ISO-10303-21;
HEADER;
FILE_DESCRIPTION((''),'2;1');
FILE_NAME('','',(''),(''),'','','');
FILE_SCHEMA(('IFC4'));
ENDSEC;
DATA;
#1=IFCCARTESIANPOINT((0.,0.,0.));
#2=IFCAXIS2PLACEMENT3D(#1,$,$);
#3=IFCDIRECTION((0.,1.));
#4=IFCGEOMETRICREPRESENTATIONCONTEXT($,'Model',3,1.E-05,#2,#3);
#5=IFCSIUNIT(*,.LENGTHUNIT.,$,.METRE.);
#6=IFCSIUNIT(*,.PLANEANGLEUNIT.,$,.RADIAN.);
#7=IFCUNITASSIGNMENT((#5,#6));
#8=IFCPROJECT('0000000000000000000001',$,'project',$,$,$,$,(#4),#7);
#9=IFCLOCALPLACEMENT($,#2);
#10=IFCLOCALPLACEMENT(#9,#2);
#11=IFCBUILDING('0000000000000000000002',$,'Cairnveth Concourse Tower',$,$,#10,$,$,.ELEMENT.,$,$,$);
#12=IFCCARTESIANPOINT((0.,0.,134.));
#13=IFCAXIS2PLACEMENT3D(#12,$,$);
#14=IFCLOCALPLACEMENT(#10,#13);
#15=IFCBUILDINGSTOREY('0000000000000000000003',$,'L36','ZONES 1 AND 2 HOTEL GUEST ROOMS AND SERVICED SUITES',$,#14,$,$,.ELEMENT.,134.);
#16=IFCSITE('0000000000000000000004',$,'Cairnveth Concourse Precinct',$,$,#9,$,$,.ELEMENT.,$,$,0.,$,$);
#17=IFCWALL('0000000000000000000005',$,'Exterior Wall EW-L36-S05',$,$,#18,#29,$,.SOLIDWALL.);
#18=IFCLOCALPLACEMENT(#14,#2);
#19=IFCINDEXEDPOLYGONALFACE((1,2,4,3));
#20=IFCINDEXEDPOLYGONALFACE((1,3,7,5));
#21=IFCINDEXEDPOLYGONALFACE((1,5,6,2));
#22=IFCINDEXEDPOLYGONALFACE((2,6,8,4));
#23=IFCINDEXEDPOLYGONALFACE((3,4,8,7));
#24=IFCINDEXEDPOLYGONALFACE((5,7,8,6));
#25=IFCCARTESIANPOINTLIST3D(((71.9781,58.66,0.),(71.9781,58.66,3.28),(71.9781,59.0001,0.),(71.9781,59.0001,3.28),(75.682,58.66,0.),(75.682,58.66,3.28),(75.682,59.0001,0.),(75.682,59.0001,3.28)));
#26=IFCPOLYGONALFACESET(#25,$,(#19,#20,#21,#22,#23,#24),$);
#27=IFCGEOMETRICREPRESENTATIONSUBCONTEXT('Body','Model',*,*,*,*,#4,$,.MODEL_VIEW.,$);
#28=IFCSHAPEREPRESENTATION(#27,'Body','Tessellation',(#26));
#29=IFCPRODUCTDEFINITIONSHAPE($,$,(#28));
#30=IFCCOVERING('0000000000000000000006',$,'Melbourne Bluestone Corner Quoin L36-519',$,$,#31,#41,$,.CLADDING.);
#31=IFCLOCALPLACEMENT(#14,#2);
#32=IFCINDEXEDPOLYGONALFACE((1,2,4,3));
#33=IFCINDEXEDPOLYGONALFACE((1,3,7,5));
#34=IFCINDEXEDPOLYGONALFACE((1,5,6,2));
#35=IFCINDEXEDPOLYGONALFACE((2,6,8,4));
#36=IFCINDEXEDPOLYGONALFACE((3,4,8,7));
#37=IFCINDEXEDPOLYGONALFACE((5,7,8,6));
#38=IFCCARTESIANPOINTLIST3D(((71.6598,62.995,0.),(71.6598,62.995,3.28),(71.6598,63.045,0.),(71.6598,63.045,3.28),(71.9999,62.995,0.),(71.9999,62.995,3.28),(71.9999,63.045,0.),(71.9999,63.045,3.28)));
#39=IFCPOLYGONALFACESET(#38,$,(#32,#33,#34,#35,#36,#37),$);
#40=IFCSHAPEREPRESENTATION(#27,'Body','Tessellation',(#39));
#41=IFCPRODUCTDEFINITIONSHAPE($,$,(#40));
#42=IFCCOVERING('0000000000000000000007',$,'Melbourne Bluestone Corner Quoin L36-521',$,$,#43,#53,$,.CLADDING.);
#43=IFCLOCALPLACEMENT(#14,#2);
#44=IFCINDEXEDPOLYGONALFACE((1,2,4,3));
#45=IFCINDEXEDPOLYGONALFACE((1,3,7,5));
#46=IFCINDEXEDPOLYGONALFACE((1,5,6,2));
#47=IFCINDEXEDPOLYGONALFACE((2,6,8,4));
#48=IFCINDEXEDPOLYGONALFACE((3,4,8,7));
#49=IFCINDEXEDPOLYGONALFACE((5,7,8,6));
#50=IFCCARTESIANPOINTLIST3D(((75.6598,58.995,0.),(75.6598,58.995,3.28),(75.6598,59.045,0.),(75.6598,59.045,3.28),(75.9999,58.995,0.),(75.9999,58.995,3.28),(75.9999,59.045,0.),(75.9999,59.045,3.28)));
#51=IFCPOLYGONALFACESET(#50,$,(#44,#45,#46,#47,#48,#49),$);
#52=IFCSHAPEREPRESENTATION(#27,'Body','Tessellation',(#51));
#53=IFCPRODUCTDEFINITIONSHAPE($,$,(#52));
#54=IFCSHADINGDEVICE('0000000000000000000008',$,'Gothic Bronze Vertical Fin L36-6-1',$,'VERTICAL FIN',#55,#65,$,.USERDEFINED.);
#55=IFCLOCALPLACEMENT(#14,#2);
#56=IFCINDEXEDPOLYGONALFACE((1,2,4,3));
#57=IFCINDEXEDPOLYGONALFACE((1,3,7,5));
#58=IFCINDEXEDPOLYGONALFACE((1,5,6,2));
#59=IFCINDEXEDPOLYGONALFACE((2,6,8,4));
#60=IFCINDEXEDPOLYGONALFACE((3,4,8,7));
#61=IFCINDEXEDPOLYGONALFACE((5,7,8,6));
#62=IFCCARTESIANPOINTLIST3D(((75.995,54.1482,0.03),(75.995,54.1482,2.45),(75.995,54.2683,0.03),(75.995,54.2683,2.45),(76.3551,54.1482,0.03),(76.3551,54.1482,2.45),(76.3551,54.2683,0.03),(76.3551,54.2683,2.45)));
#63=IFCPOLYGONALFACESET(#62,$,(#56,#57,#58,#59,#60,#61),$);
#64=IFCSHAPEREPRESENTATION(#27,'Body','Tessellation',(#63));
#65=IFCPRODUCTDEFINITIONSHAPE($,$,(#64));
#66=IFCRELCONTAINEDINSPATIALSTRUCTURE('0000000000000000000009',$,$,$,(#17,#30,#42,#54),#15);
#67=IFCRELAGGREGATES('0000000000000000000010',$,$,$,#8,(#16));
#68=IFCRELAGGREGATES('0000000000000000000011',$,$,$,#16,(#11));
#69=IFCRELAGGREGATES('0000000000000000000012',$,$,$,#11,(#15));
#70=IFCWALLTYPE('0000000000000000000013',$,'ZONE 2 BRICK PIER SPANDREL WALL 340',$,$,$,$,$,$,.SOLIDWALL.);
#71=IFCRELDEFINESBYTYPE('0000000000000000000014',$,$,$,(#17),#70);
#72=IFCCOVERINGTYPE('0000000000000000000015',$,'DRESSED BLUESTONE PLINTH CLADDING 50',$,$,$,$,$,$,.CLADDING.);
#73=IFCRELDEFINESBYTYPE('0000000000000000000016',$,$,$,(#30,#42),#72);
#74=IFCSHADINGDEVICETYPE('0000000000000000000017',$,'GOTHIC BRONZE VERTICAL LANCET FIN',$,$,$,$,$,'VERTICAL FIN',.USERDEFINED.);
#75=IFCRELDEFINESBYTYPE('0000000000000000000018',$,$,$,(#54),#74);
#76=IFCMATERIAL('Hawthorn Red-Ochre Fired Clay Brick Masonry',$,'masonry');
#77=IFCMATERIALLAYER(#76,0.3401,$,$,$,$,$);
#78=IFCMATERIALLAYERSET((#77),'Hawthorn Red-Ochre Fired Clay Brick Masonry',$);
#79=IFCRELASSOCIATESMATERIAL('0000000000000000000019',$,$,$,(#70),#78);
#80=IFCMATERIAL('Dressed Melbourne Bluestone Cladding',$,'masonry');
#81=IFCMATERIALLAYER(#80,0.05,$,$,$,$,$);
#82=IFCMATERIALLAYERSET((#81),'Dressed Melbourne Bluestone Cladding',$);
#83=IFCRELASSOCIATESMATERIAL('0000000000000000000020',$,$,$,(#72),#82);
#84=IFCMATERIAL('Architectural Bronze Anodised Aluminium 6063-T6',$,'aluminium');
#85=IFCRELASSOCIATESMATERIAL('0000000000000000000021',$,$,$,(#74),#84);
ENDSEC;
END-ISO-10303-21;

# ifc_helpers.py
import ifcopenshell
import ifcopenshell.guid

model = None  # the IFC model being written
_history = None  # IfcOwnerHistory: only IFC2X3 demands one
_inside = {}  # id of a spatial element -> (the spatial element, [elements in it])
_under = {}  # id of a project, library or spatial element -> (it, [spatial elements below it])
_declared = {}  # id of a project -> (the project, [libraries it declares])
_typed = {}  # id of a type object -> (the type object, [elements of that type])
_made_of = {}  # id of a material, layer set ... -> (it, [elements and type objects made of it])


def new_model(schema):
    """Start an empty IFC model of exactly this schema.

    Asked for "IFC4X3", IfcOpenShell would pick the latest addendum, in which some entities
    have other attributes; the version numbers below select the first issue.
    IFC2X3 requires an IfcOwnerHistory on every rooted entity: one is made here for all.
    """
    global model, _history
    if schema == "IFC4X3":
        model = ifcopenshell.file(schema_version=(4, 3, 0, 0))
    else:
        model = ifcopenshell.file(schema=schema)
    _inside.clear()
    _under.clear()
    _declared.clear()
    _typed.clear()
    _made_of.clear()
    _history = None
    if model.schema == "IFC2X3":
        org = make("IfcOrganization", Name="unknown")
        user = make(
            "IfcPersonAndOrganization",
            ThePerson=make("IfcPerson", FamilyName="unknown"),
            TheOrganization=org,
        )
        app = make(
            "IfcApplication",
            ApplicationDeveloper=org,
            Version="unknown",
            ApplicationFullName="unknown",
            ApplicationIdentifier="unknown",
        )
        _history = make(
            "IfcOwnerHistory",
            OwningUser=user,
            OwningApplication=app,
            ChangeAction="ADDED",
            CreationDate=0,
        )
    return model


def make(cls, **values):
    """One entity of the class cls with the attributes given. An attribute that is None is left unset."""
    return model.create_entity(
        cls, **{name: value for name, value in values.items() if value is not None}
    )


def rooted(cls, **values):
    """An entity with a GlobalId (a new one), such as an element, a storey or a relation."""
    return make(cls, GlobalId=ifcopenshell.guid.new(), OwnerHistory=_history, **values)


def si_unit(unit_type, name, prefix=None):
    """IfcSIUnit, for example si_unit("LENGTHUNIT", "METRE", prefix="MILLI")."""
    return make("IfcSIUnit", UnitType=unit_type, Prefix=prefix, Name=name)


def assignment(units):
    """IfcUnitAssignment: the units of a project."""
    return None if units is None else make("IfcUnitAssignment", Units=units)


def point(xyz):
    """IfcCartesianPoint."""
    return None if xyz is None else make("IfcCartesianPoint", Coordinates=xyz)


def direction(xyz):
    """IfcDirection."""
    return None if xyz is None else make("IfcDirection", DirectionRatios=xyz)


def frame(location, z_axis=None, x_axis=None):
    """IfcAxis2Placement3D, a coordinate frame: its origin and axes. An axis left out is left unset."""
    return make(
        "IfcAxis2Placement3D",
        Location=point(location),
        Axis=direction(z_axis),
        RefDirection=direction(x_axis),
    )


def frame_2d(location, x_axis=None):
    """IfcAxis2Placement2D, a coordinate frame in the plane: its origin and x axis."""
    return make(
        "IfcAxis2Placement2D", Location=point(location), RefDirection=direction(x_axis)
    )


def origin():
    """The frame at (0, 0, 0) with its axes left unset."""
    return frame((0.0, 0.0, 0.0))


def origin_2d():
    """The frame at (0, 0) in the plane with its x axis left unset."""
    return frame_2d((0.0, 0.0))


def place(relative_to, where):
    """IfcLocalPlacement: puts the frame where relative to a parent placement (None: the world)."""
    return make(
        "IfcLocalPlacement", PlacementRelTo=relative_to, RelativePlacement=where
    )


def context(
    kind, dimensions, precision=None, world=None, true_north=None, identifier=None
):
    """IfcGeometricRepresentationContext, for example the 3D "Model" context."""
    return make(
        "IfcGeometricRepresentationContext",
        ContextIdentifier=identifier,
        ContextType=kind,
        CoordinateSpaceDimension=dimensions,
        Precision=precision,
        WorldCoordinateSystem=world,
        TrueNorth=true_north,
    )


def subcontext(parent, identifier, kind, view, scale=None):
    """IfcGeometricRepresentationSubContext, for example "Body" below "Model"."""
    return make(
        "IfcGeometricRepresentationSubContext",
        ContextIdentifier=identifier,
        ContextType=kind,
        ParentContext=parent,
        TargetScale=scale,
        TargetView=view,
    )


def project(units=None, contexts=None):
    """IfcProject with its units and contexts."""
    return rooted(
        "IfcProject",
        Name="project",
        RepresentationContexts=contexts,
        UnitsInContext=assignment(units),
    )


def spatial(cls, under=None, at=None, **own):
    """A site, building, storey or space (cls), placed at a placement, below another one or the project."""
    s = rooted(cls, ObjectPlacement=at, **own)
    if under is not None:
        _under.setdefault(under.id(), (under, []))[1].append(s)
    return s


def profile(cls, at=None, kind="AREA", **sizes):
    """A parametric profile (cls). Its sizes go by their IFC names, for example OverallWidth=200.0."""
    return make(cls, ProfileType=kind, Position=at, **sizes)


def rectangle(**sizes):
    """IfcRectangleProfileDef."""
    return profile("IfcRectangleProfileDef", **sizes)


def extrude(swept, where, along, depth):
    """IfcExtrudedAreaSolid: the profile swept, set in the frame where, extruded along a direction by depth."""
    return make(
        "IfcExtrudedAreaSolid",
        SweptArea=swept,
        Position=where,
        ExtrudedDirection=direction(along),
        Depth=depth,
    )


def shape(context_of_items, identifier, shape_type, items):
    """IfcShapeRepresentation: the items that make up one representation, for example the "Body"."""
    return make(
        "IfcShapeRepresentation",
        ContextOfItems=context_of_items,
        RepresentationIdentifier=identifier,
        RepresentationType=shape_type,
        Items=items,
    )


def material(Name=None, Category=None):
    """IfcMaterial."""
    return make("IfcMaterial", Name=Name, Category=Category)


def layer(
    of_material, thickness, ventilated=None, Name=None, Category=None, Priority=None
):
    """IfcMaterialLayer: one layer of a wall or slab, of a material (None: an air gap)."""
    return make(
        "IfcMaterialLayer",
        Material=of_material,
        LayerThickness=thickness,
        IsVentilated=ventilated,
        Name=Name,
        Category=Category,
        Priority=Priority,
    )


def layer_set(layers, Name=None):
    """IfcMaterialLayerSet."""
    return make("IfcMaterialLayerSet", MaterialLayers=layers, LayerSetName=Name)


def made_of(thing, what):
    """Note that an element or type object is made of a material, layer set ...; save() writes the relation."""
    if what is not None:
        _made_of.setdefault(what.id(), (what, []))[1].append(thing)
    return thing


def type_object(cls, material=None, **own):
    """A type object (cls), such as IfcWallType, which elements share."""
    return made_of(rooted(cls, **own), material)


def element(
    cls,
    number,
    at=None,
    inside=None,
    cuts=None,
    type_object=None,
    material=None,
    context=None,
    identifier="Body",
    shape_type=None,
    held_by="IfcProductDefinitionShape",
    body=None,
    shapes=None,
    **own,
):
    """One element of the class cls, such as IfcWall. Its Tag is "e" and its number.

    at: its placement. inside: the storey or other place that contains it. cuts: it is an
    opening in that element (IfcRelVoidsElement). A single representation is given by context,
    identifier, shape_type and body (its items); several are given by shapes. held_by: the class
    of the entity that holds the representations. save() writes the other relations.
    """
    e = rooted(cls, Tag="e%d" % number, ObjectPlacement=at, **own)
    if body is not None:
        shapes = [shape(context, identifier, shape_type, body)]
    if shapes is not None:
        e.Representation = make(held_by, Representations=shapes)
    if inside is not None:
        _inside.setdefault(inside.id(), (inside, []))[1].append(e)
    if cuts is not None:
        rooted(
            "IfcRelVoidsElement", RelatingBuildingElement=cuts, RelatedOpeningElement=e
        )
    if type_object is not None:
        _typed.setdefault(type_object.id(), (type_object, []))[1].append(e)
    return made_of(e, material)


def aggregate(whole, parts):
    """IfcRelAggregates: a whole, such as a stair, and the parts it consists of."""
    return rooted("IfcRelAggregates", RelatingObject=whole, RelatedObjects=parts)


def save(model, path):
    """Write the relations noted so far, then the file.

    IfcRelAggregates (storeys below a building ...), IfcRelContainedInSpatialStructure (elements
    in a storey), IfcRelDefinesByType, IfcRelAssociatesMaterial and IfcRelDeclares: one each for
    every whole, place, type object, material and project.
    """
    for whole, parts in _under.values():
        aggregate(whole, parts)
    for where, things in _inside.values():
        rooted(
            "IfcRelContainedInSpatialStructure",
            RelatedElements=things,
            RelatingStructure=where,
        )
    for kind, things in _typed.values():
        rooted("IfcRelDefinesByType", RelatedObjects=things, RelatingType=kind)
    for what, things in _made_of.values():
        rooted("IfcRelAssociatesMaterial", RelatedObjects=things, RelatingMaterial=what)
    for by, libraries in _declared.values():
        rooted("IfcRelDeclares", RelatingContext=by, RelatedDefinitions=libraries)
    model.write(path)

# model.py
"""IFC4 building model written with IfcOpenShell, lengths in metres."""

from ifc_helpers import new_model, si_unit, direction, frame, frame_2d, origin, origin_2d, place, context, subcontext, project, spatial, rectangle, extrude, material, layer, layer_set, type_object, element, save


model = new_model("IFC4")

# Units and contexts
model_context = context("Model", 3, precision=1e-05, world=origin(), true_north=direction((0.0, 1.0)))
body_context = subcontext(model_context, "Body", "Model", "MODEL_VIEW")
ifc_project = project(units=[si_unit("LENGTHUNIT", "METRE"), si_unit("PLANEANGLEUNIT", "RADIAN")], contexts=[model_context])

# Site, building, storey
site_placement = place(None, origin())
site = spatial("IfcSite", under=ifc_project, at=site_placement, Name="Cairnveth Concourse Precinct", CompositionType="ELEMENT", RefElevation=0.0)
building_placement = place(site_placement, origin())
building = spatial("IfcBuilding", under=site, at=building_placement, Name="Cairnveth Concourse Tower", CompositionType="ELEMENT")
storey_placement = place(building_placement, frame((0.0, 0.0, 134.0)))
storey = spatial("IfcBuildingStorey", under=building, at=storey_placement, Name="L36", Description="ZONES 1 AND 2 HOTEL GUEST ROOMS AND SERVICED SUITES", CompositionType="ELEMENT", Elevation=134.0)

# Wall
ifc_material_1 = material(Name="Hawthorn Red-Ochre Fired Clay Brick Masonry", Category="masonry")
ifc_layer_1 = layer(ifc_material_1, 0.3401)
ifc_layer_set_1 = layer_set([ifc_layer_1], Name="Hawthorn Red-Ochre Fired Clay Brick Masonry")
wall_type = type_object("IfcWallType", Name="ZONE 2 BRICK PIER SPANDREL WALL 340", PredefinedType="SOLIDWALL", material=ifc_layer_set_1)
wall_1_placement = place(storey_placement, frame((71.978, 58.8301, 0.0), z_axis=(0.0, 0.0, 1.0), x_axis=(1.0, 0.0, 0.0)))
element("IfcWall", 1, at=wall_1_placement, inside=storey, type_object=wall_type, Name="Exterior Wall EW-L36-S05", PredefinedType="SOLIDWALL", context=body_context, shape_type="SweptSolid", body=[
    extrude(rectangle(XDim=3.7039, YDim=0.3401, at=frame_2d((1.8521, 0.0))), origin(), (0.0, 0.0, 1.0), 3.28),
])

# Coverings
ifc_material_2 = material(Name="Dressed Melbourne Bluestone Cladding", Category="masonry")
ifc_layer_2 = layer(ifc_material_2, 0.05)
ifc_layer_set_2 = layer_set([ifc_layer_2], Name="Dressed Melbourne Bluestone Cladding")
covering_type = type_object("IfcCoveringType", Name="DRESSED BLUESTONE PLINTH CLADDING 50", PredefinedType="CLADDING", material=ifc_layer_set_2)
for number, where, z_axis, x_axis, name in (
    (2, (71.6599, 63.02, 0.0), (0.0, 0.0, 1.0), (1.0, 0.0, 0.0), "Melbourne Bluestone Corner Quoin L36-519"),
    (3, (75.6599, 59.02, 0.0), (0.0, 0.0, 1.0), (1.0, 0.0, 0.0), "Melbourne Bluestone Corner Quoin L36-521"),
):
    element("IfcCovering", number, at=place(storey_placement, frame(where, z_axis=z_axis, x_axis=x_axis)), inside=storey, type_object=covering_type, Name=name, PredefinedType="CLADDING", context=body_context, shape_type="SweptSolid", body=[
        extrude(rectangle(XDim=0.3401, YDim=0.05, at=frame_2d((0.1699, 0.0))), origin(), (0.0, 0.0, 1.0), 3.28),
    ])

# Shading device
ifc_material_3 = material(Name="Architectural Bronze Anodised Aluminium 6063-T6", Category="aluminium")
shading_device_type = type_object("IfcShadingDeviceType", Name="GOTHIC BRONZE VERTICAL LANCET FIN", ElementType="VERTICAL FIN", PredefinedType="USERDEFINED", material=ifc_material_3)
shading_device_placement = place(storey_placement, frame((76.175, 54.2083, 0.03), z_axis=(0.0, 0.0, 1.0), x_axis=(0.0, 1.0, 0.0)))
element("IfcShadingDevice", 4, at=shading_device_placement, inside=storey, type_object=shading_device_type, Name="Gothic Bronze Vertical Fin L36-6-1", ObjectType="VERTICAL FIN", PredefinedType="USERDEFINED", context=body_context, shape_type="SweptSolid", body=[
    extrude(rectangle(XDim=0.1201, YDim=0.3601, at=origin_2d()), origin(), (0.0, 0.0, 1.0), 2.4199),
])

save(model, "model.ifc")
